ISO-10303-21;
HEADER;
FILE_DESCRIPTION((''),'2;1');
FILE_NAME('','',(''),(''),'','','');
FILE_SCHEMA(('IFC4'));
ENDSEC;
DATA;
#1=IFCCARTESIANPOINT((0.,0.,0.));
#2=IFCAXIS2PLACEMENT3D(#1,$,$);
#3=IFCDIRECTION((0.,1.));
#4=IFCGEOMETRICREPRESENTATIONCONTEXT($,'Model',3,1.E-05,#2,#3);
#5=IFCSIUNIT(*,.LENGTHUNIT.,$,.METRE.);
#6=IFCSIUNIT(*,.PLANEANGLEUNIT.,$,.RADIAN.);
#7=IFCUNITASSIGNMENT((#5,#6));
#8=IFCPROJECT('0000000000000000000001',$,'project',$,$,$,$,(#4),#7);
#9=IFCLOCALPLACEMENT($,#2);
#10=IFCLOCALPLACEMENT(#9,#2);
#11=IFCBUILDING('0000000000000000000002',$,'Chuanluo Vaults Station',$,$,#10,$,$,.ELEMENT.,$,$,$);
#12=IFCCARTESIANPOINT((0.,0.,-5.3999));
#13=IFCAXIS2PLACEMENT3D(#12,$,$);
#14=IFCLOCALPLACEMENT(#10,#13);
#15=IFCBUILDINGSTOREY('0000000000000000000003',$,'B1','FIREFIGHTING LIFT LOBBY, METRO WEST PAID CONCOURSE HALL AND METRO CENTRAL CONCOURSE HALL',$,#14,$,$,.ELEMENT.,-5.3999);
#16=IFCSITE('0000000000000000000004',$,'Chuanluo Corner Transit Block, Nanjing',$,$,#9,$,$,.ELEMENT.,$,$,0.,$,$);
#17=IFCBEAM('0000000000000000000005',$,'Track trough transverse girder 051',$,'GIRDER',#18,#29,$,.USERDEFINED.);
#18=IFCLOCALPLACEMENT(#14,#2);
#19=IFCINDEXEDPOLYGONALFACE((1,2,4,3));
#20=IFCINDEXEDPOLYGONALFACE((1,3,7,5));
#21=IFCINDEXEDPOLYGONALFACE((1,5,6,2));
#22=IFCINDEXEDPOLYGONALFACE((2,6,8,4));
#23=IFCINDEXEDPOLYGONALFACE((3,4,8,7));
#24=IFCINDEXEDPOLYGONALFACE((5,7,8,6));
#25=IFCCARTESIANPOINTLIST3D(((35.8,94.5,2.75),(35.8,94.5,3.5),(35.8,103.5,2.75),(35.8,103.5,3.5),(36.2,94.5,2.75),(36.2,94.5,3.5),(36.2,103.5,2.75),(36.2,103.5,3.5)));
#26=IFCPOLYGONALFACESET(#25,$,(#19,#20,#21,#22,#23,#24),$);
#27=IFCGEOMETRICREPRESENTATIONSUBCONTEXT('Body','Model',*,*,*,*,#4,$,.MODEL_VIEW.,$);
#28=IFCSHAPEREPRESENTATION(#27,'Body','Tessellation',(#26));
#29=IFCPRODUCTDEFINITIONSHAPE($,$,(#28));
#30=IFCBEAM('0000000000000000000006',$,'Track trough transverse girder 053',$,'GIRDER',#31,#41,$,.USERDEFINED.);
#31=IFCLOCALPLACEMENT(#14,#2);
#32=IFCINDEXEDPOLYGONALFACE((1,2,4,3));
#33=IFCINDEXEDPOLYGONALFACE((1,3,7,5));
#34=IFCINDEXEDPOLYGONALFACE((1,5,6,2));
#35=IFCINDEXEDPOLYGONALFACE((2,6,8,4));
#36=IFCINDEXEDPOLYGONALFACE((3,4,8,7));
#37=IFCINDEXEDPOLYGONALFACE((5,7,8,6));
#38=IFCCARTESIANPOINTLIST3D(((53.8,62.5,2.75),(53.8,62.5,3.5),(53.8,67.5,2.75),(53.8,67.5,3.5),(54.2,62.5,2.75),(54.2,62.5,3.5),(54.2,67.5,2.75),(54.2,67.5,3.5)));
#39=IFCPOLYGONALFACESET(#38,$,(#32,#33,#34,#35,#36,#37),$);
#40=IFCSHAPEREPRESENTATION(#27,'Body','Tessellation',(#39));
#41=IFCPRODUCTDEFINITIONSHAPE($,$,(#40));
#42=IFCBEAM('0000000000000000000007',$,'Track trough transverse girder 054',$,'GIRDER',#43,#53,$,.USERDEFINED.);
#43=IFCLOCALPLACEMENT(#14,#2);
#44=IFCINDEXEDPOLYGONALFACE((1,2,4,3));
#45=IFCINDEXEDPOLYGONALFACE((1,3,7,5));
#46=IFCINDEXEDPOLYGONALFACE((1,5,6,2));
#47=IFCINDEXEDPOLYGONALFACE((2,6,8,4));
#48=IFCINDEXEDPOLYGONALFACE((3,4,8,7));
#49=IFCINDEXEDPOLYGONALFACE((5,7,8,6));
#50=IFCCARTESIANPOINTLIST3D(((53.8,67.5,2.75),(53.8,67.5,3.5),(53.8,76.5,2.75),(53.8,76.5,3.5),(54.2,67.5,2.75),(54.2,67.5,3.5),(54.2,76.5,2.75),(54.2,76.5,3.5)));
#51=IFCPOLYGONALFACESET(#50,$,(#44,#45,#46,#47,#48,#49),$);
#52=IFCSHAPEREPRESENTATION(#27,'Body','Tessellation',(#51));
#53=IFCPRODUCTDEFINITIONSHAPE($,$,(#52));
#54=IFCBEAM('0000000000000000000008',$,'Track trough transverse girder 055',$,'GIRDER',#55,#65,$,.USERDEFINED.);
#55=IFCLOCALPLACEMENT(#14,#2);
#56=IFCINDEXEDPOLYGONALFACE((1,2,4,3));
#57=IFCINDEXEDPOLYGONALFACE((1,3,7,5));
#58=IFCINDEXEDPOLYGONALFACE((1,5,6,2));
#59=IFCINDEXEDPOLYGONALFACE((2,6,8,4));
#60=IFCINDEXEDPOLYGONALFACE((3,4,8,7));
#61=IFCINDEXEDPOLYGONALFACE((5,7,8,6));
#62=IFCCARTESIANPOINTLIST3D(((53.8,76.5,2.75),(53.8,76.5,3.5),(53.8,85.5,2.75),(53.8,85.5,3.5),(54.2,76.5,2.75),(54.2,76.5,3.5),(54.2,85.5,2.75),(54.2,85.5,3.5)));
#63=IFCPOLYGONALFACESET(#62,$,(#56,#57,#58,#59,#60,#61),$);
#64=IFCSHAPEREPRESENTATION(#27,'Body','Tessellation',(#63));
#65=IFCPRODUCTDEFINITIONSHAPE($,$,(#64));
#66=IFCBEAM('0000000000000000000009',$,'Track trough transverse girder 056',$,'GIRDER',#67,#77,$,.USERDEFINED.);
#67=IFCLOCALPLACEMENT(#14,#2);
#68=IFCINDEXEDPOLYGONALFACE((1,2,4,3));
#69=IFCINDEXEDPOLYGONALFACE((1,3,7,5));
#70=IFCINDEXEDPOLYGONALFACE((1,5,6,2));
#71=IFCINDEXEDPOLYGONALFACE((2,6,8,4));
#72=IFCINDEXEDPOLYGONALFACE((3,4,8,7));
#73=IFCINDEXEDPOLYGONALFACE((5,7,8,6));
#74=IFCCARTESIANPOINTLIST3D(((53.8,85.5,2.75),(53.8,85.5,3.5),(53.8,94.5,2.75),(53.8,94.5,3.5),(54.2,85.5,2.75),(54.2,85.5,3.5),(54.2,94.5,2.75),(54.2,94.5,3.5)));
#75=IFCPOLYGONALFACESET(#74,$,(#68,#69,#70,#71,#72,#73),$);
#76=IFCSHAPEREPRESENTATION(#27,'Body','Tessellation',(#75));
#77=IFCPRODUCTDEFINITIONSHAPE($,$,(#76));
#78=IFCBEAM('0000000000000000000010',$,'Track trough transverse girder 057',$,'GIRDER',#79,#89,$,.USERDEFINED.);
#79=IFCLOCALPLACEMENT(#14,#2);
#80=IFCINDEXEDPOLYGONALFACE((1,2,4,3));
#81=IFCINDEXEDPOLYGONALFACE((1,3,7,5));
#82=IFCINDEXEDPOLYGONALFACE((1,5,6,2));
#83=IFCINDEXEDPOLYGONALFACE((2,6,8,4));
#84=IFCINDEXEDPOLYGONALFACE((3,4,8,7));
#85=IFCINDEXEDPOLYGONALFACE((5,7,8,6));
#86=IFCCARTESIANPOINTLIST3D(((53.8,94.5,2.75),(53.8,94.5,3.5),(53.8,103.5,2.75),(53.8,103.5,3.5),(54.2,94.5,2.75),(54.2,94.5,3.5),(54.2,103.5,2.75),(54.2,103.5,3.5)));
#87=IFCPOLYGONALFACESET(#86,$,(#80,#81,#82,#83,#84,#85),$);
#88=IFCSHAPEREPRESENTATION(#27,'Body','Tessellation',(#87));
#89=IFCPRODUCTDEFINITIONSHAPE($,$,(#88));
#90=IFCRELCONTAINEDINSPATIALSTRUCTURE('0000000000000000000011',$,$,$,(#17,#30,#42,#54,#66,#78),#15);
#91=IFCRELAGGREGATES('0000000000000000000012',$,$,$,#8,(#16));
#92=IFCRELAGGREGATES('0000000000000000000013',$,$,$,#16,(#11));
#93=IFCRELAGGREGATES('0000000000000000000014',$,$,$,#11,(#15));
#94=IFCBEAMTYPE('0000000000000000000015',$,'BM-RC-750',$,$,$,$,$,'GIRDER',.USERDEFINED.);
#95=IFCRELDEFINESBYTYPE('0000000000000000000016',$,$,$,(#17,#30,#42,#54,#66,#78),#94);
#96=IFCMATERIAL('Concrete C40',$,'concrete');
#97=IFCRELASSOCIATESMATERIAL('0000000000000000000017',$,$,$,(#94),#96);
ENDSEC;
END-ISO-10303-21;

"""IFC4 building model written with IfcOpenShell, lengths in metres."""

from ifc_helpers import new_model, si_unit, direction, frame, origin, origin_2d, place, context, subcontext, project, spatial, rectangle, extrude, material, material_profile, profile_set, type_object, element, save


model = new_model("IFC4")

# Units and contexts
model_context = context("Model", 3, precision=1e-05, world=origin(), true_north=direction((0.0, 1.0)))
body_context = subcontext(model_context, "Body", "Model", "MODEL_VIEW")
ifc_project = project(units=[si_unit("LENGTHUNIT", "METRE"), si_unit("PLANEANGLEUNIT", "RADIAN")], contexts=[model_context])

# Site, building, storey
site_placement = place(None, origin())
site = spatial("IfcSite", under=ifc_project, at=site_placement, Name="Chuanluo Corner Transit Block, Nanjing", CompositionType="ELEMENT", RefElevation=0.0)
building_placement = place(site_placement, origin())
building = spatial("IfcBuilding", under=site, at=building_placement, Name="Chuanluo Vaults Station", CompositionType="ELEMENT")
storey_placement = place(building_placement, frame((0.0, 0.0, -5.3999)))
storey = spatial("IfcBuildingStorey", under=building, at=storey_placement, Name="B1", Description="FIREFIGHTING LIFT LOBBY, METRO WEST PAID CONCOURSE HALL AND METRO CENTRAL CONCOURSE HALL", CompositionType="ELEMENT", Elevation=-5.3999)

# Beams
ifc_material_1 = material(Name="Concrete C40", Category="concrete")
ifc_material_profile_1 = material_profile(ifc_material_1, rectangle(XDim=0.3999, YDim=0.75, at=origin_2d()))
ifc_profile_set_1 = profile_set([ifc_material_profile_1], Name="Concrete C40")
beam_type = type_object("IfcBeamType", Name="BM-RC-750", ElementType="GIRDER", PredefinedType="USERDEFINED", material=ifc_profile_set_1)
for number, where, z_axis, x_axis, name in (
    (1, (36.0, 94.5, 3.125), (0.0, 1.0, 0.0), (-1.0, 0.0, 0.0), "Track trough transverse girder 051"),
):
    element("IfcBeam", number, at=place(storey_placement, frame(where, z_axis=z_axis, x_axis=x_axis)), inside=storey, type_object=beam_type, Name=name, ObjectType="GIRDER", PredefinedType="USERDEFINED", context=body_context, shape_type="SweptSolid", body=[
        extrude(rectangle(XDim=0.3999, YDim=0.75, at=origin_2d()), origin(), (0.0, 0.0, 1.0), 9.0),
    ])
beam_placement = place(storey_placement, frame((54.0, 62.5, 3.125), z_axis=(0.0, 1.0, 0.0), x_axis=(-1.0, 0.0, 0.0)))
element("IfcBeam", 2, at=beam_placement, inside=storey, type_object=beam_type, Name="Track trough transverse girder 053", ObjectType="GIRDER", PredefinedType="USERDEFINED", context=body_context, shape_type="SweptSolid", body=[
    extrude(rectangle(XDim=0.3999, YDim=0.75, at=origin_2d()), origin(), (0.0, 0.0, 1.0), 5.0),
])
for number, where, z_axis, x_axis, name in (
    (3, (54.0, 67.5, 3.125), (0.0, 1.0, 0.0), (-1.0, 0.0, 0.0), "Track trough transverse girder 054"),
    (4, (54.0, 76.5, 3.125), (0.0, 1.0, 0.0), (-1.0, 0.0, 0.0), "Track trough transverse girder 055"),
    (5, (54.0, 85.5, 3.125), (0.0, 1.0, 0.0), (-1.0, 0.0, 0.0), "Track trough transverse girder 056"),
    (6, (54.0, 94.5, 3.125), (0.0, 1.0, 0.0), (-1.0, 0.0, 0.0), "Track trough transverse girder 057"),
):
    element("IfcBeam", number, at=place(storey_placement, frame(where, z_axis=z_axis, x_axis=x_axis)), inside=storey, type_object=beam_type, Name=name, ObjectType="GIRDER", PredefinedType="USERDEFINED", context=body_context, shape_type="SweptSolid", body=[
        extrude(rectangle(XDim=0.3999, YDim=0.75, at=origin_2d()), origin(), (0.0, 0.0, 1.0), 9.0),
    ])

save(model, "model.ifc")
